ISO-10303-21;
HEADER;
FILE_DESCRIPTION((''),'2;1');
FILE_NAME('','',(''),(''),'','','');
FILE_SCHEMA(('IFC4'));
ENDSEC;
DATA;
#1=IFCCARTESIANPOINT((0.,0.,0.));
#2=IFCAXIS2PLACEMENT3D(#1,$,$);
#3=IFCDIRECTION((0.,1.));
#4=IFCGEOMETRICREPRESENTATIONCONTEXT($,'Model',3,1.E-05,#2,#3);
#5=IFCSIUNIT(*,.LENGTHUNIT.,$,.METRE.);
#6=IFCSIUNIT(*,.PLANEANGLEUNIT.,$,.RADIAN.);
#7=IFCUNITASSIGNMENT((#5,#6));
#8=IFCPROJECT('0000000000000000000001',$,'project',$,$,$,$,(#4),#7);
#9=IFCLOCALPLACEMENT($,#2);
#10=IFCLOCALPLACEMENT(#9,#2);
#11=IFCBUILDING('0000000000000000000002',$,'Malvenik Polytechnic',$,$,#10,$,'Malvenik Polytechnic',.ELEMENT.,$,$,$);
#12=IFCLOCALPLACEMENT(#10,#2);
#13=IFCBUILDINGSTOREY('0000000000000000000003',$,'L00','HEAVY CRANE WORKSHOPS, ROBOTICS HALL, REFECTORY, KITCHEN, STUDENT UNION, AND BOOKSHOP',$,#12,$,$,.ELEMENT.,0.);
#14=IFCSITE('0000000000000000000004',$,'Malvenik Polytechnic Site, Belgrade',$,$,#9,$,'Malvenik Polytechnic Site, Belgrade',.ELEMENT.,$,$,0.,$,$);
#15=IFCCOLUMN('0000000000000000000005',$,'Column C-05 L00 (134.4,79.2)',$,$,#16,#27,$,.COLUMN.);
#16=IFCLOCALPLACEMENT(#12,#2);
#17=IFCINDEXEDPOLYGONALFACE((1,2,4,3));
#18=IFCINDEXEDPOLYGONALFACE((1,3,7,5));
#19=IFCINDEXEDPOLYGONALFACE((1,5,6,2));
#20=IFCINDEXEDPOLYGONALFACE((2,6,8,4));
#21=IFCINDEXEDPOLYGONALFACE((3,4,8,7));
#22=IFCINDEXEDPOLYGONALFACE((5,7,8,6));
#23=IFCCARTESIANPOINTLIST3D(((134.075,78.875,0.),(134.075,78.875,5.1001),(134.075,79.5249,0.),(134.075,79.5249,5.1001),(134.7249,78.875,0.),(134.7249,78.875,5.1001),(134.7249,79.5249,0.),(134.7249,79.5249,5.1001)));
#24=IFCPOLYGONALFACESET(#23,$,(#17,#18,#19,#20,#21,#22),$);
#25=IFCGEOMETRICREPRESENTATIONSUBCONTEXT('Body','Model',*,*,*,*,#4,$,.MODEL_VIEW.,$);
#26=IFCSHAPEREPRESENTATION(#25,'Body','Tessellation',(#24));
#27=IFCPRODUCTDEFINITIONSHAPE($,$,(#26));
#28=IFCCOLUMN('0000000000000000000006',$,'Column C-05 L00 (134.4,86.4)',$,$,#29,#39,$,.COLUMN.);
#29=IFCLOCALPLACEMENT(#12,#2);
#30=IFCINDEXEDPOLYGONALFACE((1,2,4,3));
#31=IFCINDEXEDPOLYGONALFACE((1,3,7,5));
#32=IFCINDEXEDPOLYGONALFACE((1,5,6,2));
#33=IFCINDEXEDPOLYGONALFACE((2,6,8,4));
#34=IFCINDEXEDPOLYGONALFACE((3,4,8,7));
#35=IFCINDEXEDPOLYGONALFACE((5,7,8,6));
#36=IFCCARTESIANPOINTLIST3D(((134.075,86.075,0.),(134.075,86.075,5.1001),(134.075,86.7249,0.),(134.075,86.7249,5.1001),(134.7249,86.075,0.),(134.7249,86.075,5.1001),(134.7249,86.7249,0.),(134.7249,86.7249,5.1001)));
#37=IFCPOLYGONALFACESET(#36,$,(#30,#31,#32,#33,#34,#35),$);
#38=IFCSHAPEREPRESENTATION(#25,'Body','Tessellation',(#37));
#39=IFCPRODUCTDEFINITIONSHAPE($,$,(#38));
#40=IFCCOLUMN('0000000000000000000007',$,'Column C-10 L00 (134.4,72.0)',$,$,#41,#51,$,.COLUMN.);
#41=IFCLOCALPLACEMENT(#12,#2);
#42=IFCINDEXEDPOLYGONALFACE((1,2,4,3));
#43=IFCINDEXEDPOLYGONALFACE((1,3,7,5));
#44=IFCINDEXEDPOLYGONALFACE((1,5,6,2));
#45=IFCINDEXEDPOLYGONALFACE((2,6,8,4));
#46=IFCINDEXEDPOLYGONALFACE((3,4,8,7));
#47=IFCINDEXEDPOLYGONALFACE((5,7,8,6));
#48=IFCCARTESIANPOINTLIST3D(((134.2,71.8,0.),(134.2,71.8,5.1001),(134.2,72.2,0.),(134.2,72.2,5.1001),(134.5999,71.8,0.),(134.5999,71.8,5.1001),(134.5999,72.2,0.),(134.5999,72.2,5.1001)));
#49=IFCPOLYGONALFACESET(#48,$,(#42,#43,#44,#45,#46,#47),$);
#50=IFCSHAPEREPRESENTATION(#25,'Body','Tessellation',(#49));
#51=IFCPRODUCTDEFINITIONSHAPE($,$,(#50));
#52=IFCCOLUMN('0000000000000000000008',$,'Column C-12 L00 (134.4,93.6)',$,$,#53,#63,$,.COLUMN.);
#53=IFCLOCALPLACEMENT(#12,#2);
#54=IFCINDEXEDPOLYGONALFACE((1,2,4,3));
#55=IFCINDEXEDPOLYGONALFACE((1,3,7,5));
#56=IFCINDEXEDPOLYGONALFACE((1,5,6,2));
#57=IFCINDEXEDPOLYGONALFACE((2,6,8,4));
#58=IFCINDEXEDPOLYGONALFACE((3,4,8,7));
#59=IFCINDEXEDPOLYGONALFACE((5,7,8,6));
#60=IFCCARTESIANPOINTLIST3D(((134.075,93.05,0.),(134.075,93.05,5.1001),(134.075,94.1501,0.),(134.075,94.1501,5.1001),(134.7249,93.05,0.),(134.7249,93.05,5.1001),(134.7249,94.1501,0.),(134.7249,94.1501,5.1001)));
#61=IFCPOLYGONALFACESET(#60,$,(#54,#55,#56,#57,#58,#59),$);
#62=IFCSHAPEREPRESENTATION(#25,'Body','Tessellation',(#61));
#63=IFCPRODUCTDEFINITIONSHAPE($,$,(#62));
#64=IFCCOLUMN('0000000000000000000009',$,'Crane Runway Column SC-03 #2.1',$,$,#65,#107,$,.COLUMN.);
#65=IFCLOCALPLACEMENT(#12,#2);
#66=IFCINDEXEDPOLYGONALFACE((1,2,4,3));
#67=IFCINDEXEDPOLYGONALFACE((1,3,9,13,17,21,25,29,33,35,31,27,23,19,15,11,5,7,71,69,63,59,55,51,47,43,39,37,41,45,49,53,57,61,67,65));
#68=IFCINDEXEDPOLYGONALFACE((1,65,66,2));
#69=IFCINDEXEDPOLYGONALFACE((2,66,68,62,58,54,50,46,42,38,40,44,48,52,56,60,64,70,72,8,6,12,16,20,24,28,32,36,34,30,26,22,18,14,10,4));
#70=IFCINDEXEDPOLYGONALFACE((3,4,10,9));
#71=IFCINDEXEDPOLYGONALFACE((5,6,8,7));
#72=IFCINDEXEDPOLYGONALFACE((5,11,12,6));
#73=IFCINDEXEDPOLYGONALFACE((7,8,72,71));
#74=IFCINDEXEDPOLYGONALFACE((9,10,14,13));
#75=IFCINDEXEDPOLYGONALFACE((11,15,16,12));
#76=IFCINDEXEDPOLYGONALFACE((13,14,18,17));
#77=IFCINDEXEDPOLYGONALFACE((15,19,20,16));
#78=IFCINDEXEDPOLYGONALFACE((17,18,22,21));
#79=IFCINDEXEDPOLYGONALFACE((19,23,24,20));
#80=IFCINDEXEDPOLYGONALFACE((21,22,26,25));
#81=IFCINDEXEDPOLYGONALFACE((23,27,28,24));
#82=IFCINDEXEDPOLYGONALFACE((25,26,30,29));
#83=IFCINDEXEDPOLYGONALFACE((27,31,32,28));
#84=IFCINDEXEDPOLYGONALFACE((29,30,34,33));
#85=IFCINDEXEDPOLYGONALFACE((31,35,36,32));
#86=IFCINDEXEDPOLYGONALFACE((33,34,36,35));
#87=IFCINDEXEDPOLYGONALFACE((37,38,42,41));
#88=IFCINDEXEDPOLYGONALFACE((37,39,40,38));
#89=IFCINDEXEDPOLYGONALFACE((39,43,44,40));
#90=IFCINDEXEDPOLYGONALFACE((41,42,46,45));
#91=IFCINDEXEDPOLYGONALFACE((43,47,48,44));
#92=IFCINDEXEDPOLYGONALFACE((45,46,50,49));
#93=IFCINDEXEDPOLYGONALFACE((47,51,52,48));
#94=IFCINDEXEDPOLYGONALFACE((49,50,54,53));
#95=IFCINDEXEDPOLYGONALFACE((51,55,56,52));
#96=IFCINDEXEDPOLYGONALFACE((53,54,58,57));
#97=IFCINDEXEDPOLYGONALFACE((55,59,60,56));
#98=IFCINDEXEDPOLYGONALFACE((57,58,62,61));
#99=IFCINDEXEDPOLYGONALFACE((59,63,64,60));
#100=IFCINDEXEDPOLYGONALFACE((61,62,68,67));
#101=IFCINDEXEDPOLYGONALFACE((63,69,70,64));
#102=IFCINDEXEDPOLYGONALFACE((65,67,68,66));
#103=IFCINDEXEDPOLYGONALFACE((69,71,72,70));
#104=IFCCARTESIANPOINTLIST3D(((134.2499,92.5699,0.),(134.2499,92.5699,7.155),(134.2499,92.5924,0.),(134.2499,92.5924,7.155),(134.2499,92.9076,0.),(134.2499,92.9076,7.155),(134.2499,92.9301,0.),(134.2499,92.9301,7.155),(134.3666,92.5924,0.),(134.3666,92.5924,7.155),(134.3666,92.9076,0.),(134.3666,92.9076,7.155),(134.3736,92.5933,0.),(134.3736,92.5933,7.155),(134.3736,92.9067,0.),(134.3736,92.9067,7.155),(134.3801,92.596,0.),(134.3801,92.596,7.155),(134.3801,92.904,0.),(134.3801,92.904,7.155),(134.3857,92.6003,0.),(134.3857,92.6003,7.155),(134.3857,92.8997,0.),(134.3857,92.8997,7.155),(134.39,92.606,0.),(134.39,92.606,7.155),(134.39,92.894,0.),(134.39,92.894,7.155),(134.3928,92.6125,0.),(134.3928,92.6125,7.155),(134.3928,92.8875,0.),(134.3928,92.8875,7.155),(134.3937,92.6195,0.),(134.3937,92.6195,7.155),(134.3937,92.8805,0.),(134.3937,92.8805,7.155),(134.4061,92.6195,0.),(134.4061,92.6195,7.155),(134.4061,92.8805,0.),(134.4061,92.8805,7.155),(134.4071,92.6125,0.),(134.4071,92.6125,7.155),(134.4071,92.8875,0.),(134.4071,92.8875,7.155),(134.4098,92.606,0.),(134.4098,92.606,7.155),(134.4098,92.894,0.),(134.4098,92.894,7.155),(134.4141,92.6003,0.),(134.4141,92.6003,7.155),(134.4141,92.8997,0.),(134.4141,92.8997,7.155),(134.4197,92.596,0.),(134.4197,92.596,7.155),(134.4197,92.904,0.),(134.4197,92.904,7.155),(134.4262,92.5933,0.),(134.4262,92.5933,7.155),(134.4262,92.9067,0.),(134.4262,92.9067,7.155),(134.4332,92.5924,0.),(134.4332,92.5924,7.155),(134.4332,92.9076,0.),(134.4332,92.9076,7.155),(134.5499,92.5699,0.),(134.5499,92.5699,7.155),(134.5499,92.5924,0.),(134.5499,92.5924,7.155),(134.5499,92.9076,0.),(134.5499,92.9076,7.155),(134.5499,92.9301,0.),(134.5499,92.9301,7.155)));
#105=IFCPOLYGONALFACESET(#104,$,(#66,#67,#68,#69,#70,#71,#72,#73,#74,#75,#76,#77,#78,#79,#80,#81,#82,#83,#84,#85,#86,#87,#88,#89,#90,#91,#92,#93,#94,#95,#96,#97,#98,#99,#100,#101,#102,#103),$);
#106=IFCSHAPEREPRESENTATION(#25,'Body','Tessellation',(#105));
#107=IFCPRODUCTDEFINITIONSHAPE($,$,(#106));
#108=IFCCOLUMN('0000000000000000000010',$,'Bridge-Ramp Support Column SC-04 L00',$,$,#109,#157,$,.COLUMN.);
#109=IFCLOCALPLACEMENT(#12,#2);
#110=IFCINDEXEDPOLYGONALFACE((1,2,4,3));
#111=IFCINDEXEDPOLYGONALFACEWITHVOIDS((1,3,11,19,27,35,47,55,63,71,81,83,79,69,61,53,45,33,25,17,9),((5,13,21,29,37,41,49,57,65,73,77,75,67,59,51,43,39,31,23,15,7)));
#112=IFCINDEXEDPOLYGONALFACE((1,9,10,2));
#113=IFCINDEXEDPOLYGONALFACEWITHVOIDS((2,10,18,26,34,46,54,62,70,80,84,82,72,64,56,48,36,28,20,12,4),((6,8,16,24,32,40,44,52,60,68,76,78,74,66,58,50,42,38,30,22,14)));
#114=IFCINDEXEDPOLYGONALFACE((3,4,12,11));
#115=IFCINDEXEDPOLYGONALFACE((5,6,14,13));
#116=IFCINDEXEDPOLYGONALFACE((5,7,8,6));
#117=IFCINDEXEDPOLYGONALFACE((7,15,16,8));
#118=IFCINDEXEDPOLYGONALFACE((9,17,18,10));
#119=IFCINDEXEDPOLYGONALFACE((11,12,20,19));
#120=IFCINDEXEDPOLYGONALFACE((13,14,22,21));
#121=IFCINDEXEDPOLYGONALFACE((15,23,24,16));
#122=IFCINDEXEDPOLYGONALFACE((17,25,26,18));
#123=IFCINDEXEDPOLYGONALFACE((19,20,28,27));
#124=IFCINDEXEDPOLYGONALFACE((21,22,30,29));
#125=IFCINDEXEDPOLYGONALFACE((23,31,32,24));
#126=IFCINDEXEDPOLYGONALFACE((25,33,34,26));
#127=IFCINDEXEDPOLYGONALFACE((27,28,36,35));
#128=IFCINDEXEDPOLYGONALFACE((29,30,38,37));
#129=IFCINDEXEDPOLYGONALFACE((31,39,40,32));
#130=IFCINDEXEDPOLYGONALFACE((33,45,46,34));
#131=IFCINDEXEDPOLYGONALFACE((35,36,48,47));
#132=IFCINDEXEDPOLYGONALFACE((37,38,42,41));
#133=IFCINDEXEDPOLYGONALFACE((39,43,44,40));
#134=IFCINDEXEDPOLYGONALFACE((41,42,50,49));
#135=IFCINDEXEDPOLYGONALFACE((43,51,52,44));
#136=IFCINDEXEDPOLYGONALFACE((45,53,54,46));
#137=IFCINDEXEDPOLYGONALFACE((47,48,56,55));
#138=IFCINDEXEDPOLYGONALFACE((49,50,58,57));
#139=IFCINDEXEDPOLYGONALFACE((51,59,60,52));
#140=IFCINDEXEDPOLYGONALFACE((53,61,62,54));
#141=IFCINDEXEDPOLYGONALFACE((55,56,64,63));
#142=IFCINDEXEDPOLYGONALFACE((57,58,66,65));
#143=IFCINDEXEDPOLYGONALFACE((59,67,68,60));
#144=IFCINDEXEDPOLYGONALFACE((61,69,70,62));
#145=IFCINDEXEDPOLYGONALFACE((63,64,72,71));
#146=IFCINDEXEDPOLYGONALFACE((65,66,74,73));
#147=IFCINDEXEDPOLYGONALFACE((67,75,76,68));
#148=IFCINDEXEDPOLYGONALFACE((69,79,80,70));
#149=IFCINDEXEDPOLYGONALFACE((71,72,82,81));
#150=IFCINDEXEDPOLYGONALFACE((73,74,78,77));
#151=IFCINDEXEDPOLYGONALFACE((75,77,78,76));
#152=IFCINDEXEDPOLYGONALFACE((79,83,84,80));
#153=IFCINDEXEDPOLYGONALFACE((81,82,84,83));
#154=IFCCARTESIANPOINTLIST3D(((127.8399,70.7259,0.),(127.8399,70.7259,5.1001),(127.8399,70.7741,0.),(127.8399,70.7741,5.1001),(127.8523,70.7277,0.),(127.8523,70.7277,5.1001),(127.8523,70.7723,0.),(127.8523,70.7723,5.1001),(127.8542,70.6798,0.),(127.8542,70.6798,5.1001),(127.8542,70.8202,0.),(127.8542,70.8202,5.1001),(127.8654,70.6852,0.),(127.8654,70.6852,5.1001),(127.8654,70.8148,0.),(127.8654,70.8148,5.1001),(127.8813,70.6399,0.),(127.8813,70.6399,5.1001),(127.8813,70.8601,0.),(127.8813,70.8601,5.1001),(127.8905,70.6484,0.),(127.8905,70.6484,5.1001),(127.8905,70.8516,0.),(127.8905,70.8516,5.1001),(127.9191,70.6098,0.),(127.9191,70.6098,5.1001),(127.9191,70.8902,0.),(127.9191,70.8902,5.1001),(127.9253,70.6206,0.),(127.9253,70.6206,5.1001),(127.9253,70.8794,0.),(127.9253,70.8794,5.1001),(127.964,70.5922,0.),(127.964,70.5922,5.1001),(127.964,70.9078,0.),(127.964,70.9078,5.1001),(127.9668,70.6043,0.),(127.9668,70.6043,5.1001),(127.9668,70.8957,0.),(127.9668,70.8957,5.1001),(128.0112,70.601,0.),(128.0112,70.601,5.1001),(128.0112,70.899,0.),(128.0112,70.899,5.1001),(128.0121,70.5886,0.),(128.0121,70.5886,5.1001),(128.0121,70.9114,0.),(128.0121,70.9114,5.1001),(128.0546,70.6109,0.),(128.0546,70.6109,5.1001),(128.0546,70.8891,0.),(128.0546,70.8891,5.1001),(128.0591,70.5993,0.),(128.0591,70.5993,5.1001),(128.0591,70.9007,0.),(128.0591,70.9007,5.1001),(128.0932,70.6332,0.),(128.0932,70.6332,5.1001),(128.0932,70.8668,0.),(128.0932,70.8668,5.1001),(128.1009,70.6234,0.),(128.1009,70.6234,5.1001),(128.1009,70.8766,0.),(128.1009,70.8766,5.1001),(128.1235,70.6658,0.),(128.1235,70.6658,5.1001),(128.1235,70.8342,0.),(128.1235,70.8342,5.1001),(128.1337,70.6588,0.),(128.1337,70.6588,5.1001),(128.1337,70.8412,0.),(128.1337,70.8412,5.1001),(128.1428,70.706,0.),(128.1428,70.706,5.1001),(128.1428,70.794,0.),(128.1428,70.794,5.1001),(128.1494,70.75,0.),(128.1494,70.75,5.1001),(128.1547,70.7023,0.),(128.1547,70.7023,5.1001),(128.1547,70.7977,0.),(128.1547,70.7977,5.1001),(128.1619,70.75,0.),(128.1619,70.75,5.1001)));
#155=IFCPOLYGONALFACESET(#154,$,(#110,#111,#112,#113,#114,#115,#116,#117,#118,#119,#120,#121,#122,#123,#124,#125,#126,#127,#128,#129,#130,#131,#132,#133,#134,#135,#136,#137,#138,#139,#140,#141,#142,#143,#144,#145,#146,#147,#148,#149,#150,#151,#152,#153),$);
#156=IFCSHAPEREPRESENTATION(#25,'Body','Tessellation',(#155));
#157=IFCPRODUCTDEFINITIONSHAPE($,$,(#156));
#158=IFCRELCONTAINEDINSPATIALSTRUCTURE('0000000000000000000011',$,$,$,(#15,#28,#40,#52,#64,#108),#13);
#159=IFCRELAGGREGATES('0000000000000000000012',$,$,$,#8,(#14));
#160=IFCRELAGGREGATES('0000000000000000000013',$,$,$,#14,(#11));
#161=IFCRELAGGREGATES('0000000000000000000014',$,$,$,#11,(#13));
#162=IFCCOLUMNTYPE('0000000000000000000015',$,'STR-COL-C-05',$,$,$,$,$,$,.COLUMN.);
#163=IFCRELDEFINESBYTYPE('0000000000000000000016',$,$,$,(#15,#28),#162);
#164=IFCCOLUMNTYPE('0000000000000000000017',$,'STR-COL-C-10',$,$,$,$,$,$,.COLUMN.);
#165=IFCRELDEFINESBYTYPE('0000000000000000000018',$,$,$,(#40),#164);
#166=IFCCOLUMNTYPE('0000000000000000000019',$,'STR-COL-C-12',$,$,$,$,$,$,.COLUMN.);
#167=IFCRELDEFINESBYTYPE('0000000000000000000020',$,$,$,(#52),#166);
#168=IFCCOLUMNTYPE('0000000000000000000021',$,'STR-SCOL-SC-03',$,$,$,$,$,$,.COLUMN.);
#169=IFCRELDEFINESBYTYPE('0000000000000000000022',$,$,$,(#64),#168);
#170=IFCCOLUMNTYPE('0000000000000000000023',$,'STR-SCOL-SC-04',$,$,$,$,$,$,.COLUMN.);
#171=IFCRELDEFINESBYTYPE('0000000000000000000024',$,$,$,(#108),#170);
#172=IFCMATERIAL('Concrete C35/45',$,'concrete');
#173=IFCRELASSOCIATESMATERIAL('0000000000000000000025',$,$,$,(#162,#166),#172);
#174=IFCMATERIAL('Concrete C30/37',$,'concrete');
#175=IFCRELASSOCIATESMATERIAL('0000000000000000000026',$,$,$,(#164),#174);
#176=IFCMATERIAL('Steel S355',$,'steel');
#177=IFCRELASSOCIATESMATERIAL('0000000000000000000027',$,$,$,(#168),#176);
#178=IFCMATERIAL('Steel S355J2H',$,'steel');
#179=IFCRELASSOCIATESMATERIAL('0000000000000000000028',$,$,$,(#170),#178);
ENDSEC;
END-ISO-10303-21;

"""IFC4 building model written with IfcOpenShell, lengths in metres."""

from ifc_helpers import new_model, si_unit, direction, frame, origin, origin_2d, place, context, subcontext, project, spatial, rectangle, hollow_circle, i_section, extrude, material, material_profile, profile_set, type_object, element, save


model = new_model("IFC4")

# Units and contexts
model_context = context("Model", 3, precision=1e-05, world=origin(), true_north=direction((0.0, 1.0)))
body_context = subcontext(model_context, "Body", "Model", "MODEL_VIEW")
ifc_project = project(units=[si_unit("LENGTHUNIT", "METRE"), si_unit("PLANEANGLEUNIT", "RADIAN")], contexts=[model_context])

# Site, building, storey
site_placement = place(None, origin())
site = spatial("IfcSite", under=ifc_project, at=site_placement, Name="Malvenik Polytechnic Site, Belgrade", LongName="Malvenik Polytechnic Site, Belgrade", CompositionType="ELEMENT", RefElevation=0.0)
building_placement = place(site_placement, origin())
building = spatial("IfcBuilding", under=site, at=building_placement, Name="Malvenik Polytechnic", LongName="Malvenik Polytechnic", CompositionType="ELEMENT")
storey_placement = place(building_placement, origin())
storey = spatial("IfcBuildingStorey", under=building, at=storey_placement, Name="L00", Description="HEAVY CRANE WORKSHOPS, ROBOTICS HALL, REFECTORY, KITCHEN, STUDENT UNION, AND BOOKSHOP", CompositionType="ELEMENT", Elevation=0.0)

# Columns
ifc_material_1 = material(Name="Concrete C35/45", Category="concrete")
ifc_material_profile_1 = material_profile(ifc_material_1, rectangle(XDim=0.6499, YDim=0.6499, at=origin_2d()), Name="RC COL 650x650")
ifc_profile_set_1 = profile_set([ifc_material_profile_1], Name="Concrete C35/45")
column_type_1 = type_object("IfcColumnType", Name="STR-COL-C-05", PredefinedType="COLUMN", material=ifc_profile_set_1)
for number, where, z_axis, x_axis, name in (
    (1, (134.3999, 79.2, 0.0), (0.0, 0.0, 1.0), (1.0, 0.0, 0.0), "Column C-05 L00 (134.4,79.2)"),
    (2, (134.3999, 86.3999, 0.0), (0.0, 0.0, 1.0), (1.0, 0.0, 0.0), "Column C-05 L00 (134.4,86.4)"),
):
    element("IfcColumn", number, at=place(storey_placement, frame(where, z_axis=z_axis, x_axis=x_axis)), inside=storey, type_object=column_type_1, Name=name, PredefinedType="COLUMN", context=body_context, shape_type="SweptSolid", body=[
        extrude(rectangle(XDim=0.6499, YDim=0.6499, at=origin_2d()), origin(), (0.0, 0.0, 1.0), 5.1001),
    ])
ifc_material_2 = material(Name="Concrete C30/37", Category="concrete")
ifc_material_profile_2 = material_profile(ifc_material_2, rectangle(XDim=0.3999, YDim=0.3999, at=origin_2d()), Name="RC COL 400x400")
ifc_profile_set_2 = profile_set([ifc_material_profile_2], Name="Concrete C30/37")
column_type_2 = type_object("IfcColumnType", Name="STR-COL-C-10", PredefinedType="COLUMN", material=ifc_profile_set_2)
column_1_placement = place(storey_placement, frame((134.3999, 72.0, 0.0), z_axis=(0.0, 0.0, 1.0), x_axis=(1.0, 0.0, 0.0)))
element("IfcColumn", 3, at=column_1_placement, inside=storey, type_object=column_type_2, Name="Column C-10 L00 (134.4,72.0)", PredefinedType="COLUMN", context=body_context, shape_type="SweptSolid", body=[
    extrude(rectangle(XDim=0.3999, YDim=0.3999, at=origin_2d()), origin(), (0.0, 0.0, 1.0), 5.1001),
])
ifc_material_profile_3 = material_profile(ifc_material_1, rectangle(XDim=0.6499, YDim=1.1001, at=origin_2d()), Name="RC COL 1100x650")
ifc_profile_set_3 = profile_set([ifc_material_profile_3], Name="Concrete C35/45")
column_type_3 = type_object("IfcColumnType", Name="STR-COL-C-12", PredefinedType="COLUMN", material=ifc_profile_set_3)
column_2_placement = place(storey_placement, frame((134.3999, 93.6001, 0.0), z_axis=(0.0, 0.0, 1.0), x_axis=(1.0, 0.0, 0.0)))
element("IfcColumn", 4, at=column_2_placement, inside=storey, type_object=column_type_3, Name="Column C-12 L00 (134.4,93.6)", PredefinedType="COLUMN", context=body_context, shape_type="SweptSolid", body=[
    extrude(rectangle(XDim=0.6499, YDim=1.1001, at=origin_2d()), origin(), (0.0, 0.0, 1.0), 5.1001),
])
ifc_material_3 = material(Name="Steel S355", Category="steel")
ifc_material_profile_4 = material_profile(ifc_material_3, i_section(OverallWidth=0.3, OverallDepth=0.3601, WebThickness=0.0125, FlangeThickness=0.0225, FilletRadius=0.0271, at=origin_2d()), Name="HEB 360")
ifc_profile_set_4 = profile_set([ifc_material_profile_4], Name="Steel S355")
column_type_4 = type_object("IfcColumnType", Name="STR-SCOL-SC-03", PredefinedType="COLUMN", material=ifc_profile_set_4)
column_3_placement = place(storey_placement, frame((134.3999, 92.75, 0.0), z_axis=(0.0, 0.0, 1.0), x_axis=(1.0, 0.0, 0.0)))
element("IfcColumn", 5, at=column_3_placement, inside=storey, type_object=column_type_4, Name="Crane Runway Column SC-03 #2.1", PredefinedType="COLUMN", context=body_context, shape_type="SweptSolid", body=[
    extrude(i_section(OverallWidth=0.3, OverallDepth=0.3601, WebThickness=0.0125, FlangeThickness=0.0225, FilletRadius=0.0271, at=origin_2d()), origin(), (0.0, 0.0, 1.0), 7.155),
])
ifc_material_4 = material(Name="Steel S355J2H", Category="steel")
ifc_material_profile_5 = material_profile(ifc_material_4, hollow_circle(Radius=0.1619, WallThickness=0.0125, at=origin_2d()), Name="CHS 323.9x12.5")
ifc_profile_set_5 = profile_set([ifc_material_profile_5], Name="Steel S355J2H")
column_type_5 = type_object("IfcColumnType", Name="STR-SCOL-SC-04", PredefinedType="COLUMN", material=ifc_profile_set_5)
for number, where, z_axis, x_axis, name in (
    (6, (128.0, 70.75, 0.0), (0.0, 0.0, 1.0), (1.0, 0.0, 0.0), "Bridge-Ramp Support Column SC-04 L00"),
):
    element("IfcColumn", number, at=place(storey_placement, frame(where, z_axis=z_axis, x_axis=x_axis)), inside=storey, type_object=column_type_5, Name=name, PredefinedType="COLUMN", context=body_context, shape_type="SweptSolid", body=[
        extrude(hollow_circle(Radius=0.1619, WallThickness=0.0125, at=origin_2d()), origin(), (0.0, 0.0, 1.0), 5.1001),
    ])

save(model, "model.ifc")
